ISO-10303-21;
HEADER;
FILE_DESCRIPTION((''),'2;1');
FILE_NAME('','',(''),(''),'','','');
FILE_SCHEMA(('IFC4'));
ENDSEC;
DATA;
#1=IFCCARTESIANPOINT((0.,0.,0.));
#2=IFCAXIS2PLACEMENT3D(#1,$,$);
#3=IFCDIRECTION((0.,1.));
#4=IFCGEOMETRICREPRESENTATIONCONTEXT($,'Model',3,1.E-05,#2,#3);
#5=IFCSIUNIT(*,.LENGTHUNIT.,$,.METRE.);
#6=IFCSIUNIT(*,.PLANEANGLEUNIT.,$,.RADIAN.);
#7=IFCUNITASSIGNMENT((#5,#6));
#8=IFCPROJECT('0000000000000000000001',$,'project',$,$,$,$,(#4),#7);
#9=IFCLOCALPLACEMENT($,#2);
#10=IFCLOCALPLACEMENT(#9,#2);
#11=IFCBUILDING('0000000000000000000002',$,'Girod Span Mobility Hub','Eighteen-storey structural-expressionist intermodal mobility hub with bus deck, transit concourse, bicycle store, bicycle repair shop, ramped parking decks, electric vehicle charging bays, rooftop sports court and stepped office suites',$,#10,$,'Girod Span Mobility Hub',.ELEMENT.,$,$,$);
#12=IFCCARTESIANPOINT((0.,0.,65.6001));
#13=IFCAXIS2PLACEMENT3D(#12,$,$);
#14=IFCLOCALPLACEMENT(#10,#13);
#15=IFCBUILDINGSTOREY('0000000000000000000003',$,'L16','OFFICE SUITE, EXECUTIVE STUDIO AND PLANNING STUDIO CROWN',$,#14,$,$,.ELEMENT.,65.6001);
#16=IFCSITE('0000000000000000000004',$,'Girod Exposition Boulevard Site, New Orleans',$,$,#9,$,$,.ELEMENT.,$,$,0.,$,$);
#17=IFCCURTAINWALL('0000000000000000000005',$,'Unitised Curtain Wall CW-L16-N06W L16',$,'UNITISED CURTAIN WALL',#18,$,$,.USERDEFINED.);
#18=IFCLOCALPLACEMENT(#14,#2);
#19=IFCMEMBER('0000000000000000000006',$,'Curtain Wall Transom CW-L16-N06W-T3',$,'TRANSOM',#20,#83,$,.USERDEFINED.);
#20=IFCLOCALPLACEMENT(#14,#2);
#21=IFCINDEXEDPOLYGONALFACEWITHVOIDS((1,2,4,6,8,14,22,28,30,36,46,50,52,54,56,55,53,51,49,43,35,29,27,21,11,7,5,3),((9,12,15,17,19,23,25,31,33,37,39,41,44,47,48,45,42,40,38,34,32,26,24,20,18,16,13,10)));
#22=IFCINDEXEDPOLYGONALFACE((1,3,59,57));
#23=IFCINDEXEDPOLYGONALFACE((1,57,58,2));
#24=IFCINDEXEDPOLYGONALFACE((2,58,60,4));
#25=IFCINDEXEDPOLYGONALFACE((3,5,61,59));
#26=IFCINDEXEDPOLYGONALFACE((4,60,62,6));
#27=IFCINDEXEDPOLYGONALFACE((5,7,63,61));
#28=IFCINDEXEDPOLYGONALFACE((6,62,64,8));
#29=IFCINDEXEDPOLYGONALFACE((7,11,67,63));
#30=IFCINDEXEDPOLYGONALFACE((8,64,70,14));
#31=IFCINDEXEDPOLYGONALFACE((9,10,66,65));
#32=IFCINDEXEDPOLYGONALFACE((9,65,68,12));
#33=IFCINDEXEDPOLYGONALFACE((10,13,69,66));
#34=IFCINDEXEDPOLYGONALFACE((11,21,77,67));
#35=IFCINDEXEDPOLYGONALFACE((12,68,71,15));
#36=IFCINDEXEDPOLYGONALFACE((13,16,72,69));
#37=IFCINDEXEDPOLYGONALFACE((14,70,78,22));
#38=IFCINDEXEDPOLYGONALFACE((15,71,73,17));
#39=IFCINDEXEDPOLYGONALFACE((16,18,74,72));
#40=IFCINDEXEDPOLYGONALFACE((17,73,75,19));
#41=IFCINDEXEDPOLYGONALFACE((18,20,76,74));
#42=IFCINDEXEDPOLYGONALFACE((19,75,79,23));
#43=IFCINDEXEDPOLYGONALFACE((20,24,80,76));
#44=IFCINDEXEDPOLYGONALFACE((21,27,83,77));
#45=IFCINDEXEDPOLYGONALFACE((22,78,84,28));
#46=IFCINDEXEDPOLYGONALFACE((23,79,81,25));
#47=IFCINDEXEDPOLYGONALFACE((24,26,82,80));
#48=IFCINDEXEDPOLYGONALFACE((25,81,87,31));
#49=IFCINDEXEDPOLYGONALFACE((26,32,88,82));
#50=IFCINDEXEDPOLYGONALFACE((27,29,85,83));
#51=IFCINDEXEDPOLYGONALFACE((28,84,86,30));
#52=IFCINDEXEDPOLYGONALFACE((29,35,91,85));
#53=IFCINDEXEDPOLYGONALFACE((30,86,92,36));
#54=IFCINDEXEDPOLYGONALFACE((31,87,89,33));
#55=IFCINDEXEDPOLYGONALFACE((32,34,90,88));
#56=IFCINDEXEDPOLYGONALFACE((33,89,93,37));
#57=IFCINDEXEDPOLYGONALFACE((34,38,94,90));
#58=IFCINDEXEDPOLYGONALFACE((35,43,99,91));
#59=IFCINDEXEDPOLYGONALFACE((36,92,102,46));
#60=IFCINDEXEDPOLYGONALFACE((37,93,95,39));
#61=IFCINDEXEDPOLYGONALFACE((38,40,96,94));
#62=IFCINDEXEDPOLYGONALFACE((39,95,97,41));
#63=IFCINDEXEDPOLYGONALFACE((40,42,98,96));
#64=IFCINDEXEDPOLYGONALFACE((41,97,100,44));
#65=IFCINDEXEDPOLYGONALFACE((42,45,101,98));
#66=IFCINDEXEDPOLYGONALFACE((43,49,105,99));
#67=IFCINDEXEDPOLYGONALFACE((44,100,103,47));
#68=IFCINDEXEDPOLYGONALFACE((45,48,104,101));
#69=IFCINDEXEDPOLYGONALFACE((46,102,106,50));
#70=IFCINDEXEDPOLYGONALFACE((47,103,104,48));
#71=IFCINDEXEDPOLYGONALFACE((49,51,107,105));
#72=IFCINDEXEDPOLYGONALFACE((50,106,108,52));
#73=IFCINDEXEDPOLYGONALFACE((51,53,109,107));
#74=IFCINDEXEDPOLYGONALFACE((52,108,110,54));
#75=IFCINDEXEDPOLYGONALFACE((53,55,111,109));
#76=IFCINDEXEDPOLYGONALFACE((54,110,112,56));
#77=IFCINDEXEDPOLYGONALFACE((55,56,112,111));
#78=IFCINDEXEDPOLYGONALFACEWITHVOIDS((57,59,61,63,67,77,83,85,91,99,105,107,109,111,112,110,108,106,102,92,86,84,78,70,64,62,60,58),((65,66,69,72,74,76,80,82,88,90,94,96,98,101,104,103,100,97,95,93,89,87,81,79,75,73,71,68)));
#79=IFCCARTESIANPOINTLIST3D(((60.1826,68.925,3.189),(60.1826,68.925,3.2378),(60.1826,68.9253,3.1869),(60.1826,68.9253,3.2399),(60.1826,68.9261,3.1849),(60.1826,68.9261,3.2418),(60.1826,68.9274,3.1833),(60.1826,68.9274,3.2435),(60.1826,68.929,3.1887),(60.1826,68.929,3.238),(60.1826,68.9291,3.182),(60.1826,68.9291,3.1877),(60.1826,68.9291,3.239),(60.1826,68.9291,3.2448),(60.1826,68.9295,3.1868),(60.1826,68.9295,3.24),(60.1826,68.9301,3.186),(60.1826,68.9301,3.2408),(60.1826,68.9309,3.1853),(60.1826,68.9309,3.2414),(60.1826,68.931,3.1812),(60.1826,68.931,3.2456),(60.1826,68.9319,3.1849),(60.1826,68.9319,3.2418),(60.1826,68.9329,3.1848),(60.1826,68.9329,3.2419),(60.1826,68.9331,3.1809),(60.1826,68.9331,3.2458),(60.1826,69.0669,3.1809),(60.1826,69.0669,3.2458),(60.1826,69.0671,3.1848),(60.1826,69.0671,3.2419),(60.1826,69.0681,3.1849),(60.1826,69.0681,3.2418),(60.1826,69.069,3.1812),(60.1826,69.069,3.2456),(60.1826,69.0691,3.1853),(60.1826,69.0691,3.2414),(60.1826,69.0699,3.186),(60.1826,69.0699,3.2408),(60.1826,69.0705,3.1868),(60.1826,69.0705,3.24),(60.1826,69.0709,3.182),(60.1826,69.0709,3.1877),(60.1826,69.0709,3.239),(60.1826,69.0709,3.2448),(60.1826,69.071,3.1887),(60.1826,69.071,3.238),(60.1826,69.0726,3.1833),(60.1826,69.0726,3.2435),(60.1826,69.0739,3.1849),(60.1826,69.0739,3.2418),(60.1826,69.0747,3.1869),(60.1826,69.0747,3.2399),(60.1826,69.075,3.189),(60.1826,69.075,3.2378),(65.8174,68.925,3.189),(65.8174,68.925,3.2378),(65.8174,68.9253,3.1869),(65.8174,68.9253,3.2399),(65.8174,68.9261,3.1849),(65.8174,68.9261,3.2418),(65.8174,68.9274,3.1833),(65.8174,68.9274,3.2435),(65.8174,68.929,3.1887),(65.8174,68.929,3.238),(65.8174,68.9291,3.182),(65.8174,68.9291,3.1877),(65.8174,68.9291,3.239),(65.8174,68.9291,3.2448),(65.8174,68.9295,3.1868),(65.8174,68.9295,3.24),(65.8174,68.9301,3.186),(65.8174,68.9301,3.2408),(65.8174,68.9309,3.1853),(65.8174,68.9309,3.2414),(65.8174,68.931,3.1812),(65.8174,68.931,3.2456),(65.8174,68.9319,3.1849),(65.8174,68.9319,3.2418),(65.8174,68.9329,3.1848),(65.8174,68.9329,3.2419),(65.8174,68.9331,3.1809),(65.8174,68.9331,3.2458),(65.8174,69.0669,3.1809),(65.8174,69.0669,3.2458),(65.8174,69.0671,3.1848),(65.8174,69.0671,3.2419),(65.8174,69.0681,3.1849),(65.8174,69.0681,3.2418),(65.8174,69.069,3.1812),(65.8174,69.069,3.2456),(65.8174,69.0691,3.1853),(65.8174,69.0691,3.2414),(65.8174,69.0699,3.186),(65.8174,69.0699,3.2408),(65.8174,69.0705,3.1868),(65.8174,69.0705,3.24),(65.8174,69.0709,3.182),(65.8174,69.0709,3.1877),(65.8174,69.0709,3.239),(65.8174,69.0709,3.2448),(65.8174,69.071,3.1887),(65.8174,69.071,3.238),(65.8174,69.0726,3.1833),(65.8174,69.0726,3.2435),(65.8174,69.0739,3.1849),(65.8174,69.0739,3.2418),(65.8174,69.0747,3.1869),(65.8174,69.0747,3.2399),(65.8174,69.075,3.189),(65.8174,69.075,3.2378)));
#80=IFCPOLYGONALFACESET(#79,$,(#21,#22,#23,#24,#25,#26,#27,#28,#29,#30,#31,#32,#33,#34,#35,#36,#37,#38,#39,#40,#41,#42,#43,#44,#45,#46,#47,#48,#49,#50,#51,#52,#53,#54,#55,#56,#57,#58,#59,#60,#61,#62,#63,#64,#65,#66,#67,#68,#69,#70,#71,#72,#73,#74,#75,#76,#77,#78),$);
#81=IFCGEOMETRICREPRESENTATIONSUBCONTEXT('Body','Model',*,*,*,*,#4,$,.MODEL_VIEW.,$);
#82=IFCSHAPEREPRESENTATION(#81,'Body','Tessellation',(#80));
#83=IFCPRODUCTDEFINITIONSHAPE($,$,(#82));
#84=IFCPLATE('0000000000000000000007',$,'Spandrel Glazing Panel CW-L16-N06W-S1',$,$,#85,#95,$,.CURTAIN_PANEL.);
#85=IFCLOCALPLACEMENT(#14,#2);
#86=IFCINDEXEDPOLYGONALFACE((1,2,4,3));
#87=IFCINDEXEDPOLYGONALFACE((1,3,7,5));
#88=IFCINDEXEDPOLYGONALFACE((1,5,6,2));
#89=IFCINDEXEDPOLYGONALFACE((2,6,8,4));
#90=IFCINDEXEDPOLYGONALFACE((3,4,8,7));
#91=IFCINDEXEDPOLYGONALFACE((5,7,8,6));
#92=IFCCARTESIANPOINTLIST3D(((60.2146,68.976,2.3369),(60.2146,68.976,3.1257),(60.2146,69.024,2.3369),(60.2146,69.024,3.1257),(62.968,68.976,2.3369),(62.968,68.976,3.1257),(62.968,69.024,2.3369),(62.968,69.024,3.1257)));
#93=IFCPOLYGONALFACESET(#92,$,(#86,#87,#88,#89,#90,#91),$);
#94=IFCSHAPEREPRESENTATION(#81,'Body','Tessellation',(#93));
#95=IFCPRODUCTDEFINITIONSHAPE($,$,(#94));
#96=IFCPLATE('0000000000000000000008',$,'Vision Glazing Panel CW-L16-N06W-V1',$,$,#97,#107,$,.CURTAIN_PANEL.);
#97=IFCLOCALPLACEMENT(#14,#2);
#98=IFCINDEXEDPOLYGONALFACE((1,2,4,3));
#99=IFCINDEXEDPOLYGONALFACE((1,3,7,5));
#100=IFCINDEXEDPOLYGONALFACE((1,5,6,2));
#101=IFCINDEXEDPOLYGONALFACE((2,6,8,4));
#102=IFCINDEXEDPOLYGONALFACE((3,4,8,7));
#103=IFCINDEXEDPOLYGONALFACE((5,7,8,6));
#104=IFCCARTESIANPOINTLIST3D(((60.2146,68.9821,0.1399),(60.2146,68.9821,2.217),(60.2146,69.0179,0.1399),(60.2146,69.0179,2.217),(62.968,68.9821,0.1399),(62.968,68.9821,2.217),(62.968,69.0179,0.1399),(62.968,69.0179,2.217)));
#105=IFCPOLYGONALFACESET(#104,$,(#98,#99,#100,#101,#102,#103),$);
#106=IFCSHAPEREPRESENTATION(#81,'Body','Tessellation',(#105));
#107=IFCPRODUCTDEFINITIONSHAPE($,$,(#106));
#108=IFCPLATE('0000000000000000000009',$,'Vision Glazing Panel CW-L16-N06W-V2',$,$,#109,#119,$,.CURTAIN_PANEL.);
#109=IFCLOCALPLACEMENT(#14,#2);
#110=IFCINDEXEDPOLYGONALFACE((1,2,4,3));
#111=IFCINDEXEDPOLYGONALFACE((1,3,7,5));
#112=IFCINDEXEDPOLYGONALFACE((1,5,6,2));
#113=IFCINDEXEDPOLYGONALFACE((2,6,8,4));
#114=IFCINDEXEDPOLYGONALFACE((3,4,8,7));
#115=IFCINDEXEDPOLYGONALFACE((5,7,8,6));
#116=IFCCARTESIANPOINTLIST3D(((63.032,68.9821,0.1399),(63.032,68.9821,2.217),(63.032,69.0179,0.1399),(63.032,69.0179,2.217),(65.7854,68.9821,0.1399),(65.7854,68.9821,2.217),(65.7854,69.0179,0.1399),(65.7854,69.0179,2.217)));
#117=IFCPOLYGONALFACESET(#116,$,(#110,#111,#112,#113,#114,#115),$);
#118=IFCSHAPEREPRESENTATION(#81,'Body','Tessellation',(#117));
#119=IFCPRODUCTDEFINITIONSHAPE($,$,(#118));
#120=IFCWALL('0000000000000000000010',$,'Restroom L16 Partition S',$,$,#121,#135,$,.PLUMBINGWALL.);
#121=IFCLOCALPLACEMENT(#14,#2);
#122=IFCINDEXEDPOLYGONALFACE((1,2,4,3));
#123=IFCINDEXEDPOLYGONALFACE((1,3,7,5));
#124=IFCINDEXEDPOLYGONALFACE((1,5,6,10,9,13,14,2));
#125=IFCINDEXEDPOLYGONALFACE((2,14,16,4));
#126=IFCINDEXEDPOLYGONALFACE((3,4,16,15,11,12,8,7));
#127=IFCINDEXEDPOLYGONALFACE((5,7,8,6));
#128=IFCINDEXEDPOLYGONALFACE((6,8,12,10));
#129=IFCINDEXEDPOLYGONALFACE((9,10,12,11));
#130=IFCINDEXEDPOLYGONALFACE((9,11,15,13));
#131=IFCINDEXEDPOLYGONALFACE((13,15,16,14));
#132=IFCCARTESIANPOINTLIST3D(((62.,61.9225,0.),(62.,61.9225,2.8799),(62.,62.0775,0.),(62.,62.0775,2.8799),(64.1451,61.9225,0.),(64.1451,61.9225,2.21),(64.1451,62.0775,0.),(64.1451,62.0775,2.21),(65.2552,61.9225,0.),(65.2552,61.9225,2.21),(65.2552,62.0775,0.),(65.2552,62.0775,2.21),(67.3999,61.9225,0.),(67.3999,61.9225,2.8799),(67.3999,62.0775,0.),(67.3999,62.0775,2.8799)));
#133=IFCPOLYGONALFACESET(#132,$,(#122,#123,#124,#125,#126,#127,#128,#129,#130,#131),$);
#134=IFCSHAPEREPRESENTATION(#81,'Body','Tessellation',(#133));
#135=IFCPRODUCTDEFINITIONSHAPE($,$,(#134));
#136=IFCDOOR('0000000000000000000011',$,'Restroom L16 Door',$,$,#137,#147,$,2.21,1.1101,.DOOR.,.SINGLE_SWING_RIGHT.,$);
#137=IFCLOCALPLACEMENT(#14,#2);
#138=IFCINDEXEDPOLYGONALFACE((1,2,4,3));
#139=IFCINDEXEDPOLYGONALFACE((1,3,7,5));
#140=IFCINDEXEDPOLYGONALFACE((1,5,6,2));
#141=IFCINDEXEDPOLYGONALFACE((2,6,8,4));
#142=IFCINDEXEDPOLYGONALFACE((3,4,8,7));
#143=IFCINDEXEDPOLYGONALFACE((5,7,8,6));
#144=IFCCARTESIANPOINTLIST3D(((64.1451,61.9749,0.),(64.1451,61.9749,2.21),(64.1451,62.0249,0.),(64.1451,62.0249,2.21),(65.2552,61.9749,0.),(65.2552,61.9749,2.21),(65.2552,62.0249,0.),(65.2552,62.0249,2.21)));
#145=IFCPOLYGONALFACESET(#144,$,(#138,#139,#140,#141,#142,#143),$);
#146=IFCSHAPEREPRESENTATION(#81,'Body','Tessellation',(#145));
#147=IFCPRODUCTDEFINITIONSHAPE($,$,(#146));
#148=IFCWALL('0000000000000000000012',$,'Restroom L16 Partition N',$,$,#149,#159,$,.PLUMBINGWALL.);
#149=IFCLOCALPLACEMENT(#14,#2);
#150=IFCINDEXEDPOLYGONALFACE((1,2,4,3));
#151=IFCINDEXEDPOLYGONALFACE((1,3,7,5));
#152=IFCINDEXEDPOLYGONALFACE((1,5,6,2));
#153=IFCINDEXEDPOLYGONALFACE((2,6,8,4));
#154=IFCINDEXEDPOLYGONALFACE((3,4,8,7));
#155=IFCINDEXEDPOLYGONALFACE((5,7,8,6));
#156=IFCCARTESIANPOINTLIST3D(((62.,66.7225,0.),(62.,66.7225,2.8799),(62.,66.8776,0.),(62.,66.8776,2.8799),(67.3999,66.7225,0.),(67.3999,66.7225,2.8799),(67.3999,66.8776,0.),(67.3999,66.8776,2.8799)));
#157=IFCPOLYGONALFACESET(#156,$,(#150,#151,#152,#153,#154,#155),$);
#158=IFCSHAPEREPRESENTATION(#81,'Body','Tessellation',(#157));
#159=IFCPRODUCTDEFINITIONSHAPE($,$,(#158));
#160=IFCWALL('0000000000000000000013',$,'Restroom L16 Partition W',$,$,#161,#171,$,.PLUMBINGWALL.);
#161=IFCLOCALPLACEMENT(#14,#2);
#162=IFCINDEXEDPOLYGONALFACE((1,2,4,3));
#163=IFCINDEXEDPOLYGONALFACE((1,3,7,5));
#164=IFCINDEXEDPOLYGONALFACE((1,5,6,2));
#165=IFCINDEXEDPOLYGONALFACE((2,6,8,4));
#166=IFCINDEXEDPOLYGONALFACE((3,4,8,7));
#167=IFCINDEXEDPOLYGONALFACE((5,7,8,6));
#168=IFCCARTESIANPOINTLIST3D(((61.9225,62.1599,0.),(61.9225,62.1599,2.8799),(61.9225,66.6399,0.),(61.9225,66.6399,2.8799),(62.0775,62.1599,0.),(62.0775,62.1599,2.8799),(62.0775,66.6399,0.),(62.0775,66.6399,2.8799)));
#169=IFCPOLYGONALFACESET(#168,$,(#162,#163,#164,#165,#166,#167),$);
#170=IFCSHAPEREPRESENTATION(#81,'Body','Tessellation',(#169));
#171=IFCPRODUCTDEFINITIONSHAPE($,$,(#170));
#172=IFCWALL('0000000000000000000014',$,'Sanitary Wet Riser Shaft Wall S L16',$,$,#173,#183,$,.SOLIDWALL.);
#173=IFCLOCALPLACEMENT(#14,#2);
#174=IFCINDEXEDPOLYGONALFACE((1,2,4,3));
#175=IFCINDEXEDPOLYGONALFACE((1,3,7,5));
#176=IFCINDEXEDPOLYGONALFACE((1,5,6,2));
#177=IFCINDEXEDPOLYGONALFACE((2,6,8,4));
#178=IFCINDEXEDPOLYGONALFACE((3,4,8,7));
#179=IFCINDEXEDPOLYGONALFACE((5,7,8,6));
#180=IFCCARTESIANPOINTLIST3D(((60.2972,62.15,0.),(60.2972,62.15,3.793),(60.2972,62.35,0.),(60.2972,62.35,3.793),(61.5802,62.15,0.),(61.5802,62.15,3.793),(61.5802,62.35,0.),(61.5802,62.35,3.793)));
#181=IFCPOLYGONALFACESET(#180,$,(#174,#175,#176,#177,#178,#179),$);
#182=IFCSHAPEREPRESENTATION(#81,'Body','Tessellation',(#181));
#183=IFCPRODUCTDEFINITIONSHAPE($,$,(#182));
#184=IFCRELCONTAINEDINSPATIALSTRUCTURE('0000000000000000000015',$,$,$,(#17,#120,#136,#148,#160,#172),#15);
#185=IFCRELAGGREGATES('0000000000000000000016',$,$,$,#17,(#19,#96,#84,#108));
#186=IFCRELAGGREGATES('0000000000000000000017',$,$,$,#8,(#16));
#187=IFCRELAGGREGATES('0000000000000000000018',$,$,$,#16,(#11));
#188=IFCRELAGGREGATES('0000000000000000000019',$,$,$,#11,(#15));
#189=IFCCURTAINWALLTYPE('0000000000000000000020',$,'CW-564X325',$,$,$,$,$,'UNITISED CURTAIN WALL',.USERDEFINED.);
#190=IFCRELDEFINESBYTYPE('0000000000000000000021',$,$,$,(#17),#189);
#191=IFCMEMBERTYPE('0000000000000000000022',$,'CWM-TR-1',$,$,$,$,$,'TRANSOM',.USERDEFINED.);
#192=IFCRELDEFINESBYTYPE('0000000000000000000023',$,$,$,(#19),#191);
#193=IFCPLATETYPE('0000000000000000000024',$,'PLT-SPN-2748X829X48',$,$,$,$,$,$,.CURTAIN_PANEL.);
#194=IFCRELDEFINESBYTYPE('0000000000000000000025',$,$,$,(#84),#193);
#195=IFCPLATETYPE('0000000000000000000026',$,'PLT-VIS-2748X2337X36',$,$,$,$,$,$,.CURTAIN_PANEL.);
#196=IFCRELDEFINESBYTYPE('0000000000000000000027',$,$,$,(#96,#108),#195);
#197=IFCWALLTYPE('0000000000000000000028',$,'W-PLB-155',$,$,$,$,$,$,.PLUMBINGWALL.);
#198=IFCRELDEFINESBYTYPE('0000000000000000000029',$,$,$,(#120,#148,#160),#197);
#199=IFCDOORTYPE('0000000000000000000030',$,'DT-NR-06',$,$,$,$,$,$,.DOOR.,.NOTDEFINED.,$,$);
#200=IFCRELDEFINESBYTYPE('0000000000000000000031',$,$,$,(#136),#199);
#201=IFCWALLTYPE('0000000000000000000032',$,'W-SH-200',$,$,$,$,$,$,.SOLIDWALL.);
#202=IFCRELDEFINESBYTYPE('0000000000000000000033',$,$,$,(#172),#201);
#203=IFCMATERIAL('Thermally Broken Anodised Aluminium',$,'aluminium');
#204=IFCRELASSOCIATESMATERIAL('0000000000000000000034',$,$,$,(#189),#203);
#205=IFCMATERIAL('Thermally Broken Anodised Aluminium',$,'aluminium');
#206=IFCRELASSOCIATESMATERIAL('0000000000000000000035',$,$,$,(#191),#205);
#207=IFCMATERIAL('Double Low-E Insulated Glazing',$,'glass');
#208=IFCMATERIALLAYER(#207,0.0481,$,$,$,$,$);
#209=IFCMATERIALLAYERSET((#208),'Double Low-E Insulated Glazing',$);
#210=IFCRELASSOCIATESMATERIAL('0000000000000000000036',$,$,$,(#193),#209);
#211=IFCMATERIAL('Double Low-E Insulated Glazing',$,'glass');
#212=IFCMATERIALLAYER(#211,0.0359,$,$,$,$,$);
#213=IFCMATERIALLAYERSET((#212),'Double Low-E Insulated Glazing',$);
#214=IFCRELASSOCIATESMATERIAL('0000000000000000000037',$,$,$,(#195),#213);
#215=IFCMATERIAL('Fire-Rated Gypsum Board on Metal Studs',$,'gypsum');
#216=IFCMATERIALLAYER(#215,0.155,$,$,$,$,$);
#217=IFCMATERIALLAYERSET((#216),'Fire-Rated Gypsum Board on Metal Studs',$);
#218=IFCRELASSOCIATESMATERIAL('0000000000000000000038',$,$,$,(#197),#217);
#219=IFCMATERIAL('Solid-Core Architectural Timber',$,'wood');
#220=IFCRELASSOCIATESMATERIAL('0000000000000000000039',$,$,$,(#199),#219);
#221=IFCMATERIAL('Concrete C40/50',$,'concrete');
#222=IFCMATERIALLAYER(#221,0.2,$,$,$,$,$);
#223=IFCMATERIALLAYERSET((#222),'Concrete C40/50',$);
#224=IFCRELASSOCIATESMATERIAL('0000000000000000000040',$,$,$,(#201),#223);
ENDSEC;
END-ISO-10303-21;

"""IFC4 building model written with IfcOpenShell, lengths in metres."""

from ifc_helpers import new_model, si_unit, direction, frame, frame_2d, origin, origin_2d, place, context, subcontext, project, spatial, rectangle, hollow_rectangle, extrude, material, layer, layer_set, material_profile, profile_set, type_object, element, fill, aggregate, save


model = new_model("IFC4")

# Units and contexts
model_context = context("Model", 3, precision=1e-05, world=origin(), true_north=direction((0.0, 1.0)))
body_context = subcontext(model_context, "Body", "Model", "MODEL_VIEW")
ifc_project = project(units=[si_unit("LENGTHUNIT", "METRE"), si_unit("PLANEANGLEUNIT", "RADIAN")], contexts=[model_context])

# Site, building, storey
site_placement = place(None, origin())
site = spatial("IfcSite", under=ifc_project, at=site_placement, Name="Girod Exposition Boulevard Site, New Orleans", CompositionType="ELEMENT", RefElevation=0.0)
building_placement = place(site_placement, origin())
building = spatial("IfcBuilding", under=site, at=building_placement, Name="Girod Span Mobility Hub", Description="Eighteen-storey structural-expressionist intermodal mobility hub with bus deck, transit concourse, bicycle store, bicycle repair shop, ramped parking decks, electric vehicle charging bays, rooftop sports court and stepped office suites", LongName="Girod Span Mobility Hub", CompositionType="ELEMENT")
storey_placement = place(building_placement, frame((0.0, 0.0, 65.6001)))
storey = spatial("IfcBuildingStorey", under=building, at=storey_placement, Name="L16", Description="OFFICE SUITE, EXECUTIVE STUDIO AND PLANNING STUDIO CROWN", CompositionType="ELEMENT", Elevation=65.6001)

# Curtain wall, member, plates
ifc_material_1 = material(Name="Thermally Broken Anodised Aluminium", Category="aluminium")
curtain_wall_type = type_object("IfcCurtainWallType", Name="CW-564X325", ElementType="UNITISED CURTAIN WALL", PredefinedType="USERDEFINED", material=ifc_material_1)
curtain_wall_placement = place(storey_placement, origin())
curtain_wall = element("IfcCurtainWall", 1, at=curtain_wall_placement, inside=storey, type_object=curtain_wall_type, Name="Unitised Curtain Wall CW-L16-N06W L16", ObjectType="UNITISED CURTAIN WALL", PredefinedType="USERDEFINED")
ifc_material_2 = material(Name="Thermally Broken Anodised Aluminium", Category="aluminium")
ifc_material_profile_1 = material_profile(ifc_material_2, hollow_rectangle(XDim=0.1499, YDim=0.0649, WallThickness=0.0039, InnerFilletRadius=0.0039, OuterFilletRadius=0.0081, at=origin_2d()), Name="CW-TR-65X150")
ifc_profile_set_1 = profile_set([ifc_material_profile_1], Name="Thermally Broken Anodised Aluminium")
member_type_1 = type_object("IfcMemberType", Name="CWM-TR-1", ElementType="TRANSOM", PredefinedType="USERDEFINED", material=ifc_profile_set_1)
member_1_placement = place(storey_placement, frame((60.1826, 69.0, 3.2134), z_axis=(1.0, 0.0, 0.0), x_axis=(0.0, 1.0, 0.0)))
member_1 = element("IfcMember", 2, at=member_1_placement, type_object=member_type_1, Name="Curtain Wall Transom CW-L16-N06W-T3", ObjectType="TRANSOM", PredefinedType="USERDEFINED", context=body_context, shape_type="SweptSolid", body=[
    extrude(hollow_rectangle(XDim=0.1499, YDim=0.0649, WallThickness=0.0039, InnerFilletRadius=0.0039, OuterFilletRadius=0.0081, at=origin_2d()), origin(), (0.0, 0.0, 1.0), 5.6348),
])
ifc_material_3 = material(Name="Double Low-E Insulated Glazing", Category="glass")
ifc_layer_1 = layer(ifc_material_3, 0.0481)
ifc_layer_set_1 = layer_set([ifc_layer_1], Name="Double Low-E Insulated Glazing")
plate_type_1 = type_object("IfcPlateType", Name="PLT-SPN-2748X829X48", PredefinedType="CURTAIN_PANEL", material=ifc_layer_set_1)
plate_1_placement = place(storey_placement, frame((61.5913, 69.0, 2.3369), z_axis=(0.0, 0.0, 1.0), x_axis=(1.0, 0.0, 0.0)))
plate_1 = element("IfcPlate", 3, at=plate_1_placement, type_object=plate_type_1, Name="Spandrel Glazing Panel CW-L16-N06W-S1", PredefinedType="CURTAIN_PANEL", context=body_context, shape_type="SweptSolid", body=[
    extrude(rectangle(XDim=2.7534, YDim=0.0481, at=origin_2d()), origin(), (0.0, 0.0, 1.0), 0.7888),
])
ifc_material_4 = material(Name="Double Low-E Insulated Glazing", Category="glass")
ifc_layer_2 = layer(ifc_material_4, 0.0359)
ifc_layer_set_2 = layer_set([ifc_layer_2], Name="Double Low-E Insulated Glazing")
plate_type_2 = type_object("IfcPlateType", Name="PLT-VIS-2748X2337X36", PredefinedType="CURTAIN_PANEL", material=ifc_layer_set_2)
plate_2_placement = place(storey_placement, frame((61.5913, 69.0, 0.1399), z_axis=(0.0, 0.0, 1.0), x_axis=(1.0, 0.0, 0.0)))
plate_2 = element("IfcPlate", 4, at=plate_2_placement, type_object=plate_type_2, Name="Vision Glazing Panel CW-L16-N06W-V1", PredefinedType="CURTAIN_PANEL", context=body_context, shape_type="SweptSolid", body=[
    extrude(rectangle(XDim=2.7534, YDim=0.0359, at=origin_2d()), origin(), (0.0, 0.0, 1.0), 2.0771),
])
plate_3_placement = place(storey_placement, frame((64.4087, 69.0, 0.1399), z_axis=(0.0, 0.0, 1.0), x_axis=(1.0, 0.0, 0.0)))
plate_3 = element("IfcPlate", 5, at=plate_3_placement, type_object=plate_type_2, Name="Vision Glazing Panel CW-L16-N06W-V2", PredefinedType="CURTAIN_PANEL", context=body_context, shape_type="SweptSolid", body=[
    extrude(rectangle(XDim=2.7534, YDim=0.0359, at=origin_2d()), origin(), (0.0, 0.0, 1.0), 2.0771),
])
aggregate(curtain_wall, [member_1, plate_2, plate_1, plate_3])

# Wall, opening, door
ifc_material_5 = material(Name="Fire-Rated Gypsum Board on Metal Studs", Category="gypsum")
ifc_layer_3 = layer(ifc_material_5, 0.155)
ifc_layer_set_3 = layer_set([ifc_layer_3], Name="Fire-Rated Gypsum Board on Metal Studs")
wall_type_1 = type_object("IfcWallType", Name="W-PLB-155", PredefinedType="PLUMBINGWALL", material=ifc_layer_set_3)
wall_1_placement = place(storey_placement, frame((62.0, 62.0, 0.0), z_axis=(0.0, 0.0, 1.0), x_axis=(1.0, 0.0, 0.0)))
wall_1 = element("IfcWall", 6, at=wall_1_placement, inside=storey, type_object=wall_type_1, Name="Restroom L16 Partition S", PredefinedType="PLUMBINGWALL", context=body_context, shape_type="SweptSolid", body=[
    extrude(rectangle(XDim=5.3999, YDim=0.155, at=frame_2d((2.7, 0.0))), origin(), (0.0, 0.0, 1.0), 2.8799),
])
opening_placement = place(wall_1_placement, frame((2.145, 0.0, 0.0)))
opening = element("IfcOpeningElement", 7, at=opening_placement, cuts=wall_1, PredefinedType="OPENING", context=body_context, shape_type="SweptSolid", body=[
    extrude(rectangle(XDim=1.1101, YDim=2.21, at=frame_2d((0.5552, 1.105))), frame((0.0, 0.0925, 0.0), z_axis=(0.0, -1.0, 0.0), x_axis=(1.0, 0.0, 0.0)), (0.0, 0.0, 1.0), 0.1851),
])
ifc_material_6 = material(Name="Solid-Core Architectural Timber", Category="wood")
door_type = type_object("IfcDoorType", Name="DT-NR-06", OperationType="NOTDEFINED", PredefinedType="DOOR", material=ifc_material_6)
door_placement = place(opening_placement, origin())
door = element("IfcDoor", 8, at=door_placement, inside=storey, type_object=door_type, Name="Restroom L16 Door", OperationType="SINGLE_SWING_RIGHT", OverallHeight=2.21, OverallWidth=1.1101, PredefinedType="DOOR", context=body_context, shape_type="SweptSolid", body=[
    extrude(rectangle(XDim=1.1101, YDim=2.21, at=frame_2d((0.5552, 1.105))), frame((0.0, 0.0249, 0.0), z_axis=(0.0, -1.0, 0.0), x_axis=(1.0, 0.0, 0.0)), (0.0, 0.0, 1.0), 0.05),
])
fill(opening, door)

# Walls
wall_2_placement = place(storey_placement, frame((62.0, 66.8, 0.0), z_axis=(0.0, 0.0, 1.0), x_axis=(1.0, 0.0, 0.0)))
element("IfcWall", 9, at=wall_2_placement, inside=storey, type_object=wall_type_1, Name="Restroom L16 Partition N", PredefinedType="PLUMBINGWALL", context=body_context, shape_type="SweptSolid", body=[
    extrude(rectangle(XDim=5.3999, YDim=0.155, at=frame_2d((2.7, 0.0))), origin(), (0.0, 0.0, 1.0), 2.8799),
])
wall_3_placement = place(storey_placement, frame((62.0, 62.1599, 0.0), z_axis=(0.0, 0.0, 1.0), x_axis=(0.0, 1.0, 0.0)))
element("IfcWall", 10, at=wall_3_placement, inside=storey, type_object=wall_type_1, Name="Restroom L16 Partition W", PredefinedType="PLUMBINGWALL", context=body_context, shape_type="SweptSolid", body=[
    extrude(rectangle(XDim=4.48, YDim=0.155, at=frame_2d((2.24, 0.0))), origin(), (0.0, 0.0, 1.0), 2.8799),
])
ifc_material_7 = material(Name="Concrete C40/50", Category="concrete")
ifc_layer_4 = layer(ifc_material_7, 0.2)
ifc_layer_set_4 = layer_set([ifc_layer_4], Name="Concrete C40/50")
wall_type_2 = type_object("IfcWallType", Name="W-SH-200", PredefinedType="SOLIDWALL", material=ifc_layer_set_4)
for number, where, z_axis, x_axis, name in (
    (11, (60.2971, 62.25, 0.0), (0.0, 0.0, 1.0), (1.0, 0.0, 0.0), "Sanitary Wet Riser Shaft Wall S L16"),
):
    element("IfcWall", number, at=place(storey_placement, frame(where, z_axis=z_axis, x_axis=x_axis)), inside=storey, type_object=wall_type_2, Name=name, PredefinedType="SOLIDWALL", context=body_context, shape_type="SweptSolid", body=[
        extrude(rectangle(XDim=1.283, YDim=0.2, at=frame_2d((0.6416, 0.0))), origin(), (0.0, 0.0, 1.0), 3.793),
    ])

save(model, "model.ifc")
